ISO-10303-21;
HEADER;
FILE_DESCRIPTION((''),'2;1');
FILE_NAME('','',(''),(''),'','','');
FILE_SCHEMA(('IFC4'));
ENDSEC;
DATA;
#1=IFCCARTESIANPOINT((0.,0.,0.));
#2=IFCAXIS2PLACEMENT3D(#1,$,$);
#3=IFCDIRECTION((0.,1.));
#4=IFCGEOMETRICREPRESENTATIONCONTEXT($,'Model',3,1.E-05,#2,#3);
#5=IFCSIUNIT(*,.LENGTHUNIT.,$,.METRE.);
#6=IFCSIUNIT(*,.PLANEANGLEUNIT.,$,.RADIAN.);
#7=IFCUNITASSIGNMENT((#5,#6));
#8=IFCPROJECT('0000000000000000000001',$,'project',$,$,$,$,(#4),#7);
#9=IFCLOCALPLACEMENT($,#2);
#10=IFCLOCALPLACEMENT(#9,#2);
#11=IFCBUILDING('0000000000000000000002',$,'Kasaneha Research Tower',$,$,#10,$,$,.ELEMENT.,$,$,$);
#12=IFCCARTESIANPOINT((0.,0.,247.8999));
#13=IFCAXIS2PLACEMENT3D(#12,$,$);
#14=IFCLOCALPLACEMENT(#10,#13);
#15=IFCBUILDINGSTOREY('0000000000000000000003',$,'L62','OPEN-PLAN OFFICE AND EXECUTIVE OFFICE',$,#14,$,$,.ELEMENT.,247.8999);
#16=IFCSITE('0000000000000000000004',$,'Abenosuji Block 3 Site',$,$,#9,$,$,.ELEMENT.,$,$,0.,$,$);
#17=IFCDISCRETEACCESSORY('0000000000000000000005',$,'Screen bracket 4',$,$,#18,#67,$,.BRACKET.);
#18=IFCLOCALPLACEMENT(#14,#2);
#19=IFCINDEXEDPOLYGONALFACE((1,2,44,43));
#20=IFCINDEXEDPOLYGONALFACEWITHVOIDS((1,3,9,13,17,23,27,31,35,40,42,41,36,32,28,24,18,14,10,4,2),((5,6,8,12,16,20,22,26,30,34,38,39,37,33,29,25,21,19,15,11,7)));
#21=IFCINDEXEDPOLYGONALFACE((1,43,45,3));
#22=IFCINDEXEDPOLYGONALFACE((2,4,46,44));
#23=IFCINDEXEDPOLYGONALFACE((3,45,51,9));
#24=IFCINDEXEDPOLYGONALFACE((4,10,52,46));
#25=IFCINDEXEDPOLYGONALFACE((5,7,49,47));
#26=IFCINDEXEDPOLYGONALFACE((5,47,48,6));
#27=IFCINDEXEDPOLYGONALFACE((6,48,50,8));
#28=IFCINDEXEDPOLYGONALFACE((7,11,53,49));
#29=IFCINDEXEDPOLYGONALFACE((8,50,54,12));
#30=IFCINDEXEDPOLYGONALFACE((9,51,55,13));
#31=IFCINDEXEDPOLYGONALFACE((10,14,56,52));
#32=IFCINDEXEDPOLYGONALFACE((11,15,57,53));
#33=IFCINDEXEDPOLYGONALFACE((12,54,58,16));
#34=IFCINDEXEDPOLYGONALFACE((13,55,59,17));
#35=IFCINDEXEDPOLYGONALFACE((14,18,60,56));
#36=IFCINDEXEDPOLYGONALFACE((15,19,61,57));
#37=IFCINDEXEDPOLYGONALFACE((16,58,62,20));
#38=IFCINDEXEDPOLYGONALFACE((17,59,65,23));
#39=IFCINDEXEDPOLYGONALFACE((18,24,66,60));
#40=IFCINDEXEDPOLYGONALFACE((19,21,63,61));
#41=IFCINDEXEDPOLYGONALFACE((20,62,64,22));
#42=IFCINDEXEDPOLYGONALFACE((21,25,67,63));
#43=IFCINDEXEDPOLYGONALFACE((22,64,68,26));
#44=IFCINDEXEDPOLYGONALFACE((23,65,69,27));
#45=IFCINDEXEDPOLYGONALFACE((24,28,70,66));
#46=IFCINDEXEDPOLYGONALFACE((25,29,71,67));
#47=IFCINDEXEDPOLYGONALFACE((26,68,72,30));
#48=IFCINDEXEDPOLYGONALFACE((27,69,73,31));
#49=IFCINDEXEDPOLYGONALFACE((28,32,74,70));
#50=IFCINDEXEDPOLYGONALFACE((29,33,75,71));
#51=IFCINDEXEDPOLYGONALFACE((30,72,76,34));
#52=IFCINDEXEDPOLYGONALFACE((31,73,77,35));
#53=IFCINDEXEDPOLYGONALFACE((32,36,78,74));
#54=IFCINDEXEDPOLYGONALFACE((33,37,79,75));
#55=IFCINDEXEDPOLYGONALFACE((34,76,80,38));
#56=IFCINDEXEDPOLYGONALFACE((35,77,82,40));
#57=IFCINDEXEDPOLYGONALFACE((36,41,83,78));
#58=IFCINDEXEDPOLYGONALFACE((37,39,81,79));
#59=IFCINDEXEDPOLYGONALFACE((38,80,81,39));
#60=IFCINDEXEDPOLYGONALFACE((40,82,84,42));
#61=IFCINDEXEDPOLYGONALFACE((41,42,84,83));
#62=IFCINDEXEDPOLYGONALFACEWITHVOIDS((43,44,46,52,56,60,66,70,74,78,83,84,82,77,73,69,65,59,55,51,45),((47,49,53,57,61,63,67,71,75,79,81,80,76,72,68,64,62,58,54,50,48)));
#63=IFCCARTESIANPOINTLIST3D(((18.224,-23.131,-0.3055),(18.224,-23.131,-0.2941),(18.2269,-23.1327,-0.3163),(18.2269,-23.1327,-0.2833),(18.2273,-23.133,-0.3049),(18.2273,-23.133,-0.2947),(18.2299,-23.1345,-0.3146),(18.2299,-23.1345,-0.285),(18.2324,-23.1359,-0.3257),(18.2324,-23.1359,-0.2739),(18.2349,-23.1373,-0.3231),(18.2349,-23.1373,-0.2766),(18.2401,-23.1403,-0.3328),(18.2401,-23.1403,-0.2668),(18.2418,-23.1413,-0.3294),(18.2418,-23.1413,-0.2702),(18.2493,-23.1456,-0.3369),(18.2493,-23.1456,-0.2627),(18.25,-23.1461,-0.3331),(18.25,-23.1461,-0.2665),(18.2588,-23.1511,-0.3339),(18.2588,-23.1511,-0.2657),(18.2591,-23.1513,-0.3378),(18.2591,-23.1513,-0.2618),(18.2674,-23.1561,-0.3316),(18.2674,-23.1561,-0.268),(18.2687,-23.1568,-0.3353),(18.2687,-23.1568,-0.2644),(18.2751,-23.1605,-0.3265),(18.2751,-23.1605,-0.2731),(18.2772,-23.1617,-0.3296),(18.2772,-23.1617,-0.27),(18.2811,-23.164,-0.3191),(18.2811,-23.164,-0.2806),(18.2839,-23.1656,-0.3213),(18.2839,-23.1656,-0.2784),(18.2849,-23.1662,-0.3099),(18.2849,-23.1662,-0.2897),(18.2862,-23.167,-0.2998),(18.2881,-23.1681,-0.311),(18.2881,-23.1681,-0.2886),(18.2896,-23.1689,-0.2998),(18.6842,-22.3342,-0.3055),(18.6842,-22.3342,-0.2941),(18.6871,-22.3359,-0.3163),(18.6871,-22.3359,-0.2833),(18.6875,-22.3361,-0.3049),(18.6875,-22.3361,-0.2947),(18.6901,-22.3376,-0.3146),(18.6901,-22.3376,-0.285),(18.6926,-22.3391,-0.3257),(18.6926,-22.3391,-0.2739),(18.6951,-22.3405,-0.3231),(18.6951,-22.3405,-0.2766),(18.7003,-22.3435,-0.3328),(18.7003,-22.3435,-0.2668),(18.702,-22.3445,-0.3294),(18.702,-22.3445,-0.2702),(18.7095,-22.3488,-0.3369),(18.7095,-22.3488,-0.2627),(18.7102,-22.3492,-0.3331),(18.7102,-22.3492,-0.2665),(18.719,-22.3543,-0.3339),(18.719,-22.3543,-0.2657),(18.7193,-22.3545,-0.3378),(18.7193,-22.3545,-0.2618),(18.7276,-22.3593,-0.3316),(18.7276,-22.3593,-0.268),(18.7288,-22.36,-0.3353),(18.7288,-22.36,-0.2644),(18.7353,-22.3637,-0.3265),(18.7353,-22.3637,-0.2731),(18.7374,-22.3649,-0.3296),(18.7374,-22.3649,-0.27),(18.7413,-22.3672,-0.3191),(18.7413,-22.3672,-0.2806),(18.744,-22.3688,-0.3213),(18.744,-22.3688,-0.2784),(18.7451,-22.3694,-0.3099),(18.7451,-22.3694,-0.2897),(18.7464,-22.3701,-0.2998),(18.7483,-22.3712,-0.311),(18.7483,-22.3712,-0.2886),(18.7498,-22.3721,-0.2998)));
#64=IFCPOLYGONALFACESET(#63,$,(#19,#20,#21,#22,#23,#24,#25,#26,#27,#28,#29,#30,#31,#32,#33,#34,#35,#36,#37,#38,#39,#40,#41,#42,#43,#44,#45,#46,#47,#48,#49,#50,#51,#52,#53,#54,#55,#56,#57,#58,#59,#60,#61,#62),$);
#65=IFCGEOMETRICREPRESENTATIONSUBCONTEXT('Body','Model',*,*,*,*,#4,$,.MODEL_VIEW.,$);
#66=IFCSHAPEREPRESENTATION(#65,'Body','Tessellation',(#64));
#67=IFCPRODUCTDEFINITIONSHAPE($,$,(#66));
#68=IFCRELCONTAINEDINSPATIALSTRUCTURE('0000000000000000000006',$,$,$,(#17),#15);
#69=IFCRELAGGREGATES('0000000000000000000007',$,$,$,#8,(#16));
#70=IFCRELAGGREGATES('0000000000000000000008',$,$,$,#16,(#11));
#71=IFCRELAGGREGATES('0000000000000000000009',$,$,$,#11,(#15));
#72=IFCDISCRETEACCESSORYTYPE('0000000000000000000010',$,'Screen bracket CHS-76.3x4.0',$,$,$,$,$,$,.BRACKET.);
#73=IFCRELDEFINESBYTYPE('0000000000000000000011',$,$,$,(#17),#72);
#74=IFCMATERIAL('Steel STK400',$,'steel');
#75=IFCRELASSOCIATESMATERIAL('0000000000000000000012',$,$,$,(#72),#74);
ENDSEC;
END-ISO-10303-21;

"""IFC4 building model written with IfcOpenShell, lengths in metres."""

from ifc_helpers import new_model, si_unit, direction, frame, origin, origin_2d, place, context, subcontext, project, spatial, hollow_circle, extrude, material, material_profile, profile_set, type_object, element, save


model = new_model("IFC4")

# Units and contexts
model_context = context("Model", 3, precision=1e-05, world=origin(), true_north=direction((0.0, 1.0)))
body_context = subcontext(model_context, "Body", "Model", "MODEL_VIEW")
ifc_project = project(units=[si_unit("LENGTHUNIT", "METRE"), si_unit("PLANEANGLEUNIT", "RADIAN")], contexts=[model_context])

# Site, building, storey
site_placement = place(None, origin())
site = spatial("IfcSite", under=ifc_project, at=site_placement, Name="Abenosuji Block 3 Site", CompositionType="ELEMENT", RefElevation=0.0)
building_placement = place(site_placement, origin())
building = spatial("IfcBuilding", under=site, at=building_placement, Name="Kasaneha Research Tower", CompositionType="ELEMENT")
storey_placement = place(building_placement, frame((0.0, 0.0, 247.8999)))
storey = spatial("IfcBuildingStorey", under=building, at=storey_placement, Name="L62", Description="OPEN-PLAN OFFICE AND EXECUTIVE OFFICE", CompositionType="ELEMENT", Elevation=247.8999)

# Discrete accessory
ifc_material_1 = material(Name="Steel STK400", Category="steel")
ifc_material_profile_1 = material_profile(ifc_material_1, hollow_circle(Radius=0.0381, WallThickness=0.0039, at=origin_2d()), Name="CHS-76.3x4.0")
ifc_profile_set_1 = profile_set([ifc_material_profile_1], Name="Steel STK400")
discrete_accessory_type = type_object("IfcDiscreteAccessoryType", Name="Screen bracket CHS-76.3x4.0", PredefinedType="BRACKET", material=ifc_profile_set_1)
discrete_accessory_1_placement = place(storey_placement, frame((18.7168, -22.353, -0.2998), z_axis=(-0.500105, -0.865965, 0.0), x_axis=(0.865965, -0.500105, 0.0)))
element("IfcDiscreteAccessory", 1, at=discrete_accessory_1_placement, inside=storey, type_object=discrete_accessory_type, Name="Screen bracket 4", PredefinedType="BRACKET", context=body_context, shape_type="SweptSolid", body=[
    extrude(hollow_circle(Radius=0.0381, WallThickness=0.0039, at=origin_2d()), origin(), (0.0, 0.0, 1.0), 0.9202),
])

save(model, "model.ifc")
